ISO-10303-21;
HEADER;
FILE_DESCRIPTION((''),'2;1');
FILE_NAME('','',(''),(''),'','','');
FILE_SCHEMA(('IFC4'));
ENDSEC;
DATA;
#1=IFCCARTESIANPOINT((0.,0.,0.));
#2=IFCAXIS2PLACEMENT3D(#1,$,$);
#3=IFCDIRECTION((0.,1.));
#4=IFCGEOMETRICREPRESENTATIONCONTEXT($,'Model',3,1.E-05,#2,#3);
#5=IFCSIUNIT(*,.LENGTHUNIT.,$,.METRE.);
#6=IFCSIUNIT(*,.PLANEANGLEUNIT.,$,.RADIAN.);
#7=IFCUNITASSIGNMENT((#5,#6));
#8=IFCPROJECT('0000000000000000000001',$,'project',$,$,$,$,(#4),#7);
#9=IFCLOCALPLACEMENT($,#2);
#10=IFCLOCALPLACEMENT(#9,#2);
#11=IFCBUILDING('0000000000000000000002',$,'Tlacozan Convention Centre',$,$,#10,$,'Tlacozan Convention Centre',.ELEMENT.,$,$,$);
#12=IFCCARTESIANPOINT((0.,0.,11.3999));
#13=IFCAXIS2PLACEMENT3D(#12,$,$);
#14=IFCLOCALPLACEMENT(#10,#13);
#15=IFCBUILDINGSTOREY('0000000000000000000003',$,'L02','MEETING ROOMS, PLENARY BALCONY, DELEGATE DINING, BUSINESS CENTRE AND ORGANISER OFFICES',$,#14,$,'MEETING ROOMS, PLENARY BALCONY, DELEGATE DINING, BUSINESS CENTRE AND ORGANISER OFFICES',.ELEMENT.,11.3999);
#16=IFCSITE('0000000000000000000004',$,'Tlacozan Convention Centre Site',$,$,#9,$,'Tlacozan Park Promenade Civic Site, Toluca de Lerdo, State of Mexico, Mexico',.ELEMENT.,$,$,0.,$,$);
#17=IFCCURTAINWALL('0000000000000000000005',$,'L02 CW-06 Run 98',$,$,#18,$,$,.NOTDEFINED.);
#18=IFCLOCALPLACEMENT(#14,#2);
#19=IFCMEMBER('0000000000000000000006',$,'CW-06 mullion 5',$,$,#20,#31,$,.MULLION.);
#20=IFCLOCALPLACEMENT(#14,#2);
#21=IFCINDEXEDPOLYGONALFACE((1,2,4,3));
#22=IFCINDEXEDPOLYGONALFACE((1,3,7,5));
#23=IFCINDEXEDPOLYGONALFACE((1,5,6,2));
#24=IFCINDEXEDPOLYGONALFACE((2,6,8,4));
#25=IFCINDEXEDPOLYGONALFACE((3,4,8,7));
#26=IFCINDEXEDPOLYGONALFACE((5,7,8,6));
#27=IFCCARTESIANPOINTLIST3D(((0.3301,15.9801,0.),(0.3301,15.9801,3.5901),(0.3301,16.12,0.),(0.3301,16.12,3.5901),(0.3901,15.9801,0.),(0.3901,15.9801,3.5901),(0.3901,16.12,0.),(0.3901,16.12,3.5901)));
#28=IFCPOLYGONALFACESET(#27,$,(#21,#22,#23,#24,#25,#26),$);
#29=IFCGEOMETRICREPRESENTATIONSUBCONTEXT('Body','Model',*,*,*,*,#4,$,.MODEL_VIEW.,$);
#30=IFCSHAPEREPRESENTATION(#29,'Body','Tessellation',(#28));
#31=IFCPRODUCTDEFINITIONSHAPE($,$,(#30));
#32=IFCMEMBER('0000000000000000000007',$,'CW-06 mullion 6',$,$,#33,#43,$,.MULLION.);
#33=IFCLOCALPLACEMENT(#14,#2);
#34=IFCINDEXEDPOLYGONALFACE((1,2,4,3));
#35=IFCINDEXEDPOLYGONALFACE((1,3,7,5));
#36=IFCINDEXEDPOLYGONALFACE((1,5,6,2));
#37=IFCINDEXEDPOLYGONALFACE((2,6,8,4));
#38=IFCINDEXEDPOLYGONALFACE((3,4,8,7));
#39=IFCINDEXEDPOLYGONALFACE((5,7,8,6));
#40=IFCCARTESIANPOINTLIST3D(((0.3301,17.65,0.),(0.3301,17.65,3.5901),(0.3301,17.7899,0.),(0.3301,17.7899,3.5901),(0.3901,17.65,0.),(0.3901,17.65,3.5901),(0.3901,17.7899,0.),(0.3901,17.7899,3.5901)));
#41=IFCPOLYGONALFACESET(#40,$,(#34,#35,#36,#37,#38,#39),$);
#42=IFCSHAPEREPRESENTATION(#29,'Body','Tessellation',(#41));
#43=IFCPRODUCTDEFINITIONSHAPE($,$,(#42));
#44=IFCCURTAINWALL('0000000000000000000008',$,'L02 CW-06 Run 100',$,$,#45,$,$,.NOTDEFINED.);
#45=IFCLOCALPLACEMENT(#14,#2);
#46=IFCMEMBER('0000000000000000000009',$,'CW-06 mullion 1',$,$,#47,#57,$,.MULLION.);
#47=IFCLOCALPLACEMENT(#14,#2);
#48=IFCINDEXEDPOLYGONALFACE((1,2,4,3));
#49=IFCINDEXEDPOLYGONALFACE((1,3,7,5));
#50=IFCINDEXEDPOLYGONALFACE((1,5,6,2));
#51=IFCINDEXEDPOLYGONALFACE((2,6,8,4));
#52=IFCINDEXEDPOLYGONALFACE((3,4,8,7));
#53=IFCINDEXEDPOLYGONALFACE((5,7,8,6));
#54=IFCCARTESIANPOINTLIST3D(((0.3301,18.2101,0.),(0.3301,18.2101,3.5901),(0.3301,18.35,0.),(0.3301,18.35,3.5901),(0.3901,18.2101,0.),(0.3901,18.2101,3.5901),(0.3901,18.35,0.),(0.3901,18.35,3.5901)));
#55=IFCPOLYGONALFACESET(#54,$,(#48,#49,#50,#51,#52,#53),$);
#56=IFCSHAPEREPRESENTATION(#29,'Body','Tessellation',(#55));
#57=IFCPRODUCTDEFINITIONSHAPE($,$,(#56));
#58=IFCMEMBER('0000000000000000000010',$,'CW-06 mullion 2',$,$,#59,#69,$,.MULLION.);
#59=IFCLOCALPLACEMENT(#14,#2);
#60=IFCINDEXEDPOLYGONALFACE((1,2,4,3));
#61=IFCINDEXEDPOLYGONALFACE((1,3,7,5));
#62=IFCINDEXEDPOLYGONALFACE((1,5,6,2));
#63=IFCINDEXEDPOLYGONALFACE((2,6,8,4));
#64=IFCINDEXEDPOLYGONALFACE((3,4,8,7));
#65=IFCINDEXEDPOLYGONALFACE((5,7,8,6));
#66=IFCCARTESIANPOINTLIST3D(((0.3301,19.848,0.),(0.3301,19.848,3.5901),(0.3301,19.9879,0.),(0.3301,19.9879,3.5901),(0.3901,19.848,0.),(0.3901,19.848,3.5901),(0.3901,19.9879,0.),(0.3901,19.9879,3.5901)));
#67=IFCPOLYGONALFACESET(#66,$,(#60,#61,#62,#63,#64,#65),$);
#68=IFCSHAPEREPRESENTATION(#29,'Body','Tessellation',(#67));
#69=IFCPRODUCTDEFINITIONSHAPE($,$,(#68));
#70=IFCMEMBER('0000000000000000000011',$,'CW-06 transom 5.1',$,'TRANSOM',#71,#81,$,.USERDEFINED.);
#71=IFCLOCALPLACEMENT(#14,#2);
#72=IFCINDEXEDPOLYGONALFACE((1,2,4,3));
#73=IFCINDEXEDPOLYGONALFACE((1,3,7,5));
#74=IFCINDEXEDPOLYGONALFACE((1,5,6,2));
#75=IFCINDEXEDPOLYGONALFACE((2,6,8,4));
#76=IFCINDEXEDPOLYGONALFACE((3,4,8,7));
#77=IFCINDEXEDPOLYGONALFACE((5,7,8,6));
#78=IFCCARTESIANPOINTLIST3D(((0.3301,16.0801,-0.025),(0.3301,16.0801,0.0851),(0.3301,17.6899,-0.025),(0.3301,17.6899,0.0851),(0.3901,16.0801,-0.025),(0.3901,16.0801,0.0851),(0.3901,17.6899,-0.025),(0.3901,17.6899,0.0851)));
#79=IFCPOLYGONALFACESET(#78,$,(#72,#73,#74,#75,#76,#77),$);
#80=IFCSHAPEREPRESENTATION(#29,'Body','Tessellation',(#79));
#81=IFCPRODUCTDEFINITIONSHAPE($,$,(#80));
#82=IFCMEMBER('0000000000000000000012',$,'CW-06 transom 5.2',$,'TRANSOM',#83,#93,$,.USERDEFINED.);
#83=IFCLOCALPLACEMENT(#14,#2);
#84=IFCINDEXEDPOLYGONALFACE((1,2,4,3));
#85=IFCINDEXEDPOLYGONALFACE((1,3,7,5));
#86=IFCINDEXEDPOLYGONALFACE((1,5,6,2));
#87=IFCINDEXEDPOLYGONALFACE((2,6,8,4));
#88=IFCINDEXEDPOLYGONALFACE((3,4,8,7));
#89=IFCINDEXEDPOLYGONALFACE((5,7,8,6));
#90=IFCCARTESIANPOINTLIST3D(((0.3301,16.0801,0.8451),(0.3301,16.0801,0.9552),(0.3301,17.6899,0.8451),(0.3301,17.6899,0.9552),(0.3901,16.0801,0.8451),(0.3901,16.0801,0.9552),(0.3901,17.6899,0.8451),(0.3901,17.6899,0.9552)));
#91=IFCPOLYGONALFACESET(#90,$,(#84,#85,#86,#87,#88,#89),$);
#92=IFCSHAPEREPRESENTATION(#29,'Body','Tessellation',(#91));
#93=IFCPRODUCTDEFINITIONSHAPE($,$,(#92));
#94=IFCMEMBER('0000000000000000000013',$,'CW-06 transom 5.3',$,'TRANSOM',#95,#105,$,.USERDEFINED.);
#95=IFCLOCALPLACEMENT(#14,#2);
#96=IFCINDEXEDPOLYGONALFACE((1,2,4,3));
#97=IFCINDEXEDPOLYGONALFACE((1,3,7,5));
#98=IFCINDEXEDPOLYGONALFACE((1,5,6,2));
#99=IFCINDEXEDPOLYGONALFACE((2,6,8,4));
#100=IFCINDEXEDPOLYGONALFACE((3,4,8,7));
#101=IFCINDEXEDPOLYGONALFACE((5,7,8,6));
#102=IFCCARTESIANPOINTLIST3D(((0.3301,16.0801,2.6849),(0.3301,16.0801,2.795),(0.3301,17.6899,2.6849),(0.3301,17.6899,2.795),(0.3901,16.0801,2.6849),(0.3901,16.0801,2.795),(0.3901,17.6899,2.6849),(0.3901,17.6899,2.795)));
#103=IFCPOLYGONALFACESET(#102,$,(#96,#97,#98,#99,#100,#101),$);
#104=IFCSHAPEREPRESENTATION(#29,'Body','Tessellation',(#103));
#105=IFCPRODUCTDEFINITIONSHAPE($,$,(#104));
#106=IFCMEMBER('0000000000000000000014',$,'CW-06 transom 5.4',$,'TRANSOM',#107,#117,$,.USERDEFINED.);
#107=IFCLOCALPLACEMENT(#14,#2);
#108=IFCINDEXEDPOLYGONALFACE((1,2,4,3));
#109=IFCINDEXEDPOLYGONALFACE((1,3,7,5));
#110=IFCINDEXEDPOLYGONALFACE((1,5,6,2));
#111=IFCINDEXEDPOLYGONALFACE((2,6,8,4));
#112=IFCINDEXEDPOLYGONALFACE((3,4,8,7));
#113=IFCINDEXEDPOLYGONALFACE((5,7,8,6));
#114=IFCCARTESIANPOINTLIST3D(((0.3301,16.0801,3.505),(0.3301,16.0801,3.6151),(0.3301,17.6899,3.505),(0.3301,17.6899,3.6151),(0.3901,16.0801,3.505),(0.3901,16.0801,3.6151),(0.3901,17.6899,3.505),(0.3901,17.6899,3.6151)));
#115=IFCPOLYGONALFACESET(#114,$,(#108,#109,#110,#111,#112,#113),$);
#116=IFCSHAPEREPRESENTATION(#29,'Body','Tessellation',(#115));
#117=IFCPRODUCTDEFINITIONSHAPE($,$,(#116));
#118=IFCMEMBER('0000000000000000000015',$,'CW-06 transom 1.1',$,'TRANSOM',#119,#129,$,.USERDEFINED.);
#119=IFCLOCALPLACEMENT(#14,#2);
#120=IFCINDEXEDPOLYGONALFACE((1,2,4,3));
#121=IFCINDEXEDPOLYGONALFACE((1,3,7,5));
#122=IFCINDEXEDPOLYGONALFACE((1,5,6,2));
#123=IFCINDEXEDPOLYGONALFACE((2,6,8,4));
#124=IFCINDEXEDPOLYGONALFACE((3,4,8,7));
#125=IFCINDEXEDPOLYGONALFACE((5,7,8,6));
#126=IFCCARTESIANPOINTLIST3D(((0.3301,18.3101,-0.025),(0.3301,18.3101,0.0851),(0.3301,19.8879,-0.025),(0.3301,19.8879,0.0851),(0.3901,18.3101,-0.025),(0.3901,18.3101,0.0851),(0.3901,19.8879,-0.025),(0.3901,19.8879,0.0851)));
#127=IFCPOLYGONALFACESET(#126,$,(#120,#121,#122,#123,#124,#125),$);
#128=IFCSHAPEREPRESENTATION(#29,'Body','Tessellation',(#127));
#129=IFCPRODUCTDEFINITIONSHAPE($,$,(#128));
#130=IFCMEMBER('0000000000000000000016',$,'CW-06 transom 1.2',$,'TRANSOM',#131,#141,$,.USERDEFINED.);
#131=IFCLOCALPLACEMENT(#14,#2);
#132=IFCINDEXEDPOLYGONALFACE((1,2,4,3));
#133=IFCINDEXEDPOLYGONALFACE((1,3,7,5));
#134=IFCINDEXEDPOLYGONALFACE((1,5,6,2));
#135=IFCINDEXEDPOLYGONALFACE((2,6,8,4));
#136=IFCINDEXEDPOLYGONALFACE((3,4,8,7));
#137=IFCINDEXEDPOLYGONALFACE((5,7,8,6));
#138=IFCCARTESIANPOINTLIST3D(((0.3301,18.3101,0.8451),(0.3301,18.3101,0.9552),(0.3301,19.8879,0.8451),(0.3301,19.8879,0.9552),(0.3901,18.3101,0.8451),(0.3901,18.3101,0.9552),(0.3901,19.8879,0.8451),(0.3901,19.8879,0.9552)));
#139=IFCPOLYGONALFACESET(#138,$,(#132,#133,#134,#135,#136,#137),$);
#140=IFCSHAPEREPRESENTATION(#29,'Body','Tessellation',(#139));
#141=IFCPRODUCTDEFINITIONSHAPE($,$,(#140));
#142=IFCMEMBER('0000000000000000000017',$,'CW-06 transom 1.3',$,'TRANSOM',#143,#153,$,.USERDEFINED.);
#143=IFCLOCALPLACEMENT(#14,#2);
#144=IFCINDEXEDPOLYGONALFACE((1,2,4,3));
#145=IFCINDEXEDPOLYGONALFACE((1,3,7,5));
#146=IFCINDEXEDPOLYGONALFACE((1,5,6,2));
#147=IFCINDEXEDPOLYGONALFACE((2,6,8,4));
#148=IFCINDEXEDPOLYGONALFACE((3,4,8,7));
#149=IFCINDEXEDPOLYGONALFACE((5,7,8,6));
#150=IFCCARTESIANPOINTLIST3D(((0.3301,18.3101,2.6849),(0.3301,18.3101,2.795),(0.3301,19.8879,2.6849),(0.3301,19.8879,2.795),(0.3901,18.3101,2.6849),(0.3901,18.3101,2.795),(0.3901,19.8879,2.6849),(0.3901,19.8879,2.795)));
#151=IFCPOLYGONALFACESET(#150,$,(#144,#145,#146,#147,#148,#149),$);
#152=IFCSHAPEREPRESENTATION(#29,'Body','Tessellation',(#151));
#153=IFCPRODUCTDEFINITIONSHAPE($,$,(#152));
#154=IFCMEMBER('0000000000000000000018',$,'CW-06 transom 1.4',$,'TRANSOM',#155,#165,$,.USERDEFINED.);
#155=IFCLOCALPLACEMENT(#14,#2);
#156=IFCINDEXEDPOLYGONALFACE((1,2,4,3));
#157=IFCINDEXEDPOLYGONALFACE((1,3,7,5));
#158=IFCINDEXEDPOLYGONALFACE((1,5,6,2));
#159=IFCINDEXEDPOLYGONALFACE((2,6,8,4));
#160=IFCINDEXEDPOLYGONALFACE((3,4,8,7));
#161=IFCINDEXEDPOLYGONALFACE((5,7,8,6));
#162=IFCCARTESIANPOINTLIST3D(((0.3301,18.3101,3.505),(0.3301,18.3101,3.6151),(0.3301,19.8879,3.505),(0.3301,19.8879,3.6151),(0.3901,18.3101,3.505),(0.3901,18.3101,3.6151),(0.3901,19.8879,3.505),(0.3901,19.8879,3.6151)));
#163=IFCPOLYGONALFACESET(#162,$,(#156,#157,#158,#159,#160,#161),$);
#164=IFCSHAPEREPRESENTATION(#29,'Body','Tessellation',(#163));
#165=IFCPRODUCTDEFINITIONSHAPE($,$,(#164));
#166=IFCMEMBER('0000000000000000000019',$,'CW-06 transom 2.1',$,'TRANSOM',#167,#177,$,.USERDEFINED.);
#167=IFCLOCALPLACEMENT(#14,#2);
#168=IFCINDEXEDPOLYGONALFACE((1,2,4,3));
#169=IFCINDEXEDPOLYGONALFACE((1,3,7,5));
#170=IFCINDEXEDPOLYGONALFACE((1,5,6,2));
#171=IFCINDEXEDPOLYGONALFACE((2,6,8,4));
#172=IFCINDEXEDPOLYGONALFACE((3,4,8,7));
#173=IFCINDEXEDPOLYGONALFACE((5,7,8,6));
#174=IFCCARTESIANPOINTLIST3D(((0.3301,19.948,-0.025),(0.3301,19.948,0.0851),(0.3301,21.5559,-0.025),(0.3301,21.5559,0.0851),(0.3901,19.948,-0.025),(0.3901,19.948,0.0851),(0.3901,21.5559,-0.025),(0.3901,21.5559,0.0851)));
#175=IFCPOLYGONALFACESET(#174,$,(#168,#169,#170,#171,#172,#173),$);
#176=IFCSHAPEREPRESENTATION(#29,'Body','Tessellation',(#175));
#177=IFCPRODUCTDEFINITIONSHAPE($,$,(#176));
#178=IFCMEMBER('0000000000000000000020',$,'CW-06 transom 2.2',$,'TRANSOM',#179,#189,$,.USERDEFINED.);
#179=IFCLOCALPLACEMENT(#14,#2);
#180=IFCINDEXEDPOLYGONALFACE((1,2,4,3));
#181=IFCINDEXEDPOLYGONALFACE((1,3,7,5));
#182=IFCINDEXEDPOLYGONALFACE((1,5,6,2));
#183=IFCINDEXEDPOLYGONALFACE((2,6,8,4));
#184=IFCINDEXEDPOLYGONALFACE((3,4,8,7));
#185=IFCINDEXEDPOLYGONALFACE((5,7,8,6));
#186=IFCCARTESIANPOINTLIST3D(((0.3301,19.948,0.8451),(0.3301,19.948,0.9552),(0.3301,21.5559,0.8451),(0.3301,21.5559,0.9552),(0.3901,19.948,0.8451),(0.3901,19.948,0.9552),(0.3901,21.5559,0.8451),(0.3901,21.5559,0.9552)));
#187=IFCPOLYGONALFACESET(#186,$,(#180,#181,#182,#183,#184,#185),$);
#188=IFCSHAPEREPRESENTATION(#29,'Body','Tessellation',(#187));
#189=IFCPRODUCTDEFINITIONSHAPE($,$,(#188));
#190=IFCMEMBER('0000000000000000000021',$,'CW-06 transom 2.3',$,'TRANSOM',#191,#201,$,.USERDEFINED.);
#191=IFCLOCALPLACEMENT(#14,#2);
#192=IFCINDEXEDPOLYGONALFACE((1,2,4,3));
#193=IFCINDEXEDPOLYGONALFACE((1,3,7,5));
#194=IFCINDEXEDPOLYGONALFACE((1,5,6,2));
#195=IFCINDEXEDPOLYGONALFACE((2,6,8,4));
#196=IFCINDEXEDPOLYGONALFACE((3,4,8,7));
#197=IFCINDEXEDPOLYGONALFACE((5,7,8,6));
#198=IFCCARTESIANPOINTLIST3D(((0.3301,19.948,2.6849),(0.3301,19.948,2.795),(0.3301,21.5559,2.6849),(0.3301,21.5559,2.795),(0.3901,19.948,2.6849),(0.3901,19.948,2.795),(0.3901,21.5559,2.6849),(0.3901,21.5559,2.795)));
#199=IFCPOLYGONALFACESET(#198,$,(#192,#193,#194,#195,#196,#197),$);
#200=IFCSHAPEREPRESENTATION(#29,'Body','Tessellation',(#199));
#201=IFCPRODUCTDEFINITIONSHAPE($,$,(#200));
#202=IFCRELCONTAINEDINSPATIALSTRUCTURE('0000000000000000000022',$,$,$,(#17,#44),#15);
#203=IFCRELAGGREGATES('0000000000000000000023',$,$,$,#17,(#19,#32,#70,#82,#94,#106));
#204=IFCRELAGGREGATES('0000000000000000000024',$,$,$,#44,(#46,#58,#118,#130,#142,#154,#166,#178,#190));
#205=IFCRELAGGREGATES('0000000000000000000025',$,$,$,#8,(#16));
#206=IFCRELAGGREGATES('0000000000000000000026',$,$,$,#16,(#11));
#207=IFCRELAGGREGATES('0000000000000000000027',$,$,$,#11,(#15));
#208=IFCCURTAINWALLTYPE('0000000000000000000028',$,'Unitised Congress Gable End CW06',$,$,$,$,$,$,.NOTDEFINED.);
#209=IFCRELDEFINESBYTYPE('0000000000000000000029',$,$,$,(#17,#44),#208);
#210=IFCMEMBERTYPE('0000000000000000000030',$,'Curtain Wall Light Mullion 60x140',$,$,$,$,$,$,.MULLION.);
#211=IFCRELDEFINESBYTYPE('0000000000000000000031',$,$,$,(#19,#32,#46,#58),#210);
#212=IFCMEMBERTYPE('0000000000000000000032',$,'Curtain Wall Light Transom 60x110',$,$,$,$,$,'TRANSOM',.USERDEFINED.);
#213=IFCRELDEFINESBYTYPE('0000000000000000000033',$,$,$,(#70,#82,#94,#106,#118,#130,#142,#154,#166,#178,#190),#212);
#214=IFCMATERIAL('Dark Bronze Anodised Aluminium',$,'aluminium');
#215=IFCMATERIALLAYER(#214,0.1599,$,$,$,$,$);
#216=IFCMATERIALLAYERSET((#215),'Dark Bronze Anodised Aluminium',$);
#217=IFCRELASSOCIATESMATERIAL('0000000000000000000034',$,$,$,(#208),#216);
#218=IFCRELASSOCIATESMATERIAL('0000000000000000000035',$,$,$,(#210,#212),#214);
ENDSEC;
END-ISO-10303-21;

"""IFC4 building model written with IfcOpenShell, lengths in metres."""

from ifc_helpers import new_model, si_unit, direction, frame, origin, origin_2d, place, context, subcontext, project, spatial, rectangle, extrude, material, layer, layer_set, material_profile, profile_set, type_object, element, aggregate, save


model = new_model("IFC4")

# Units and contexts
model_context = context("Model", 3, precision=1e-05, world=origin(), true_north=direction((0.0, 1.0)))
body_context = subcontext(model_context, "Body", "Model", "MODEL_VIEW")
ifc_project = project(units=[si_unit("LENGTHUNIT", "METRE"), si_unit("PLANEANGLEUNIT", "RADIAN")], contexts=[model_context])

# Site, building, storey
site_placement = place(None, origin())
site = spatial("IfcSite", under=ifc_project, at=site_placement, Name="Tlacozan Convention Centre Site", LongName="Tlacozan Park Promenade Civic Site, Toluca de Lerdo, State of Mexico, Mexico", CompositionType="ELEMENT", RefElevation=0.0)
building_placement = place(site_placement, origin())
building = spatial("IfcBuilding", under=site, at=building_placement, Name="Tlacozan Convention Centre", LongName="Tlacozan Convention Centre", CompositionType="ELEMENT")
storey_placement = place(building_placement, frame((0.0, 0.0, 11.3999)))
storey = spatial("IfcBuildingStorey", under=building, at=storey_placement, Name="L02", Description="MEETING ROOMS, PLENARY BALCONY, DELEGATE DINING, BUSINESS CENTRE AND ORGANISER OFFICES", LongName="MEETING ROOMS, PLENARY BALCONY, DELEGATE DINING, BUSINESS CENTRE AND ORGANISER OFFICES", CompositionType="ELEMENT", Elevation=11.3999)

# Curtain walls, members
ifc_material_1 = material(Name="Dark Bronze Anodised Aluminium", Category="aluminium")
ifc_layer_1 = layer(ifc_material_1, 0.1599)
ifc_layer_set_1 = layer_set([ifc_layer_1], Name="Dark Bronze Anodised Aluminium")
curtain_wall_type = type_object("IfcCurtainWallType", Name="Unitised Congress Gable End CW06", PredefinedType="NOTDEFINED", material=ifc_layer_set_1)
curtain_wall_1_placement = place(storey_placement, origin())
curtain_wall_1 = element("IfcCurtainWall", 1, at=curtain_wall_1_placement, inside=storey, type_object=curtain_wall_type, Name="L02 CW-06 Run 98", PredefinedType="NOTDEFINED")
ifc_material_profile_1 = material_profile(ifc_material_1, rectangle(XDim=0.0601, YDim=0.1399, at=origin_2d()), Name="ALU 60x140")
ifc_profile_set_1 = profile_set([ifc_material_profile_1], Name="Dark Bronze Anodised Aluminium")
member_type_1 = type_object("IfcMemberType", Name="Curtain Wall Light Mullion 60x140", PredefinedType="MULLION", material=ifc_profile_set_1)
member_1_placement = place(storey_placement, frame((0.3601, 16.05, 0.0), z_axis=(0.0, 0.0, 1.0), x_axis=(-1.0, 0.0, 0.0)))
member_1 = element("IfcMember", 2, at=member_1_placement, type_object=member_type_1, Name="CW-06 mullion 5", PredefinedType="MULLION", context=body_context, shape_type="SweptSolid", body=[
    extrude(rectangle(XDim=0.0601, YDim=0.1399, at=origin_2d()), origin(), (0.0, 0.0, 1.0), 3.5901),
])
member_2_placement = place(storey_placement, frame((0.3601, 17.72, 0.0), z_axis=(0.0, 0.0, 1.0), x_axis=(-1.0, 0.0, 0.0)))
member_2 = element("IfcMember", 3, at=member_2_placement, type_object=member_type_1, Name="CW-06 mullion 6", PredefinedType="MULLION", context=body_context, shape_type="SweptSolid", body=[
    extrude(rectangle(XDim=0.0601, YDim=0.1399, at=origin_2d()), origin(), (0.0, 0.0, 1.0), 3.5901),
])
curtain_wall_2_placement = place(storey_placement, origin())
curtain_wall_2 = element("IfcCurtainWall", 4, at=curtain_wall_2_placement, inside=storey, type_object=curtain_wall_type, Name="L02 CW-06 Run 100", PredefinedType="NOTDEFINED")
member_3_placement = place(storey_placement, frame((0.3601, 18.28, 0.0), z_axis=(0.0, 0.0, 1.0), x_axis=(-1.0, 0.0, 0.0)))
member_3 = element("IfcMember", 5, at=member_3_placement, type_object=member_type_1, Name="CW-06 mullion 1", PredefinedType="MULLION", context=body_context, shape_type="SweptSolid", body=[
    extrude(rectangle(XDim=0.0601, YDim=0.1399, at=origin_2d()), origin(), (0.0, 0.0, 1.0), 3.5901),
])
member_4_placement = place(storey_placement, frame((0.3601, 19.918, 0.0), z_axis=(0.0, 0.0, 1.0), x_axis=(-1.0, 0.0, 0.0)))
member_4 = element("IfcMember", 6, at=member_4_placement, type_object=member_type_1, Name="CW-06 mullion 2", PredefinedType="MULLION", context=body_context, shape_type="SweptSolid", body=[
    extrude(rectangle(XDim=0.0601, YDim=0.1399, at=origin_2d()), origin(), (0.0, 0.0, 1.0), 3.5901),
])

# Members
ifc_material_profile_2 = material_profile(ifc_material_1, rectangle(XDim=0.0601, YDim=0.1101, at=origin_2d()), Name="ALU 60x110")
ifc_profile_set_2 = profile_set([ifc_material_profile_2], Name="Dark Bronze Anodised Aluminium")
member_type_2 = type_object("IfcMemberType", Name="Curtain Wall Light Transom 60x110", ElementType="TRANSOM", PredefinedType="USERDEFINED", material=ifc_profile_set_2)
member_5_placement = place(storey_placement, frame((0.3601, 16.0801, 0.03), z_axis=(0.0, 1.0, 0.0), x_axis=(-1.0, 0.0, 0.0)))
member_5 = element("IfcMember", 7, at=member_5_placement, type_object=member_type_2, Name="CW-06 transom 5.1", ObjectType="TRANSOM", PredefinedType="USERDEFINED", context=body_context, shape_type="SweptSolid", body=[
    extrude(rectangle(XDim=0.0601, YDim=0.1101, at=origin_2d()), origin(), (0.0, 0.0, 1.0), 1.6099),
])
member_6_placement = place(storey_placement, frame((0.3601, 16.0801, 0.9001), z_axis=(0.0, 1.0, 0.0), x_axis=(-1.0, 0.0, 0.0)))
member_6 = element("IfcMember", 8, at=member_6_placement, type_object=member_type_2, Name="CW-06 transom 5.2", ObjectType="TRANSOM", PredefinedType="USERDEFINED", context=body_context, shape_type="SweptSolid", body=[
    extrude(rectangle(XDim=0.0601, YDim=0.1101, at=origin_2d()), origin(), (0.0, 0.0, 1.0), 1.6099),
])
member_7_placement = place(storey_placement, frame((0.3601, 16.0801, 2.74), z_axis=(0.0, 1.0, 0.0), x_axis=(-1.0, 0.0, 0.0)))
member_7 = element("IfcMember", 9, at=member_7_placement, type_object=member_type_2, Name="CW-06 transom 5.3", ObjectType="TRANSOM", PredefinedType="USERDEFINED", context=body_context, shape_type="SweptSolid", body=[
    extrude(rectangle(XDim=0.0601, YDim=0.1101, at=origin_2d()), origin(), (0.0, 0.0, 1.0), 1.6099),
])
member_8_placement = place(storey_placement, frame((0.3601, 16.0801, 3.5601), z_axis=(0.0, 1.0, 0.0), x_axis=(-1.0, 0.0, 0.0)))
member_8 = element("IfcMember", 10, at=member_8_placement, type_object=member_type_2, Name="CW-06 transom 5.4", ObjectType="TRANSOM", PredefinedType="USERDEFINED", context=body_context, shape_type="SweptSolid", body=[
    extrude(rectangle(XDim=0.0601, YDim=0.1101, at=origin_2d()), origin(), (0.0, 0.0, 1.0), 1.6099),
])
member_9_placement = place(storey_placement, frame((0.3601, 18.3101, 0.03), z_axis=(0.0, 1.0, 0.0), x_axis=(-1.0, 0.0, 0.0)))
member_9 = element("IfcMember", 11, at=member_9_placement, type_object=member_type_2, Name="CW-06 transom 1.1", ObjectType="TRANSOM", PredefinedType="USERDEFINED", context=body_context, shape_type="SweptSolid", body=[
    extrude(rectangle(XDim=0.0601, YDim=0.1101, at=origin_2d()), origin(), (0.0, 0.0, 1.0), 1.5779),
])
member_10_placement = place(storey_placement, frame((0.3601, 18.3101, 0.9001), z_axis=(0.0, 1.0, 0.0), x_axis=(-1.0, 0.0, 0.0)))
member_10 = element("IfcMember", 12, at=member_10_placement, type_object=member_type_2, Name="CW-06 transom 1.2", ObjectType="TRANSOM", PredefinedType="USERDEFINED", context=body_context, shape_type="SweptSolid", body=[
    extrude(rectangle(XDim=0.0601, YDim=0.1101, at=origin_2d()), origin(), (0.0, 0.0, 1.0), 1.5779),
])
member_11_placement = place(storey_placement, frame((0.3601, 18.3101, 2.74), z_axis=(0.0, 1.0, 0.0), x_axis=(-1.0, 0.0, 0.0)))
member_11 = element("IfcMember", 13, at=member_11_placement, type_object=member_type_2, Name="CW-06 transom 1.3", ObjectType="TRANSOM", PredefinedType="USERDEFINED", context=body_context, shape_type="SweptSolid", body=[
    extrude(rectangle(XDim=0.0601, YDim=0.1101, at=origin_2d()), origin(), (0.0, 0.0, 1.0), 1.5779),
])
member_12_placement = place(storey_placement, frame((0.3601, 18.3101, 3.5601), z_axis=(0.0, 1.0, 0.0), x_axis=(-1.0, 0.0, 0.0)))
member_12 = element("IfcMember", 14, at=member_12_placement, type_object=member_type_2, Name="CW-06 transom 1.4", ObjectType="TRANSOM", PredefinedType="USERDEFINED", context=body_context, shape_type="SweptSolid", body=[
    extrude(rectangle(XDim=0.0601, YDim=0.1101, at=origin_2d()), origin(), (0.0, 0.0, 1.0), 1.5779),
])
member_13_placement = place(storey_placement, frame((0.3601, 19.948, 0.03), z_axis=(0.0, 1.0, 0.0), x_axis=(-1.0, 0.0, 0.0)))
member_13 = element("IfcMember", 15, at=member_13_placement, type_object=member_type_2, Name="CW-06 transom 2.1", ObjectType="TRANSOM", PredefinedType="USERDEFINED", context=body_context, shape_type="SweptSolid", body=[
    extrude(rectangle(XDim=0.0601, YDim=0.1101, at=origin_2d()), origin(), (0.0, 0.0, 1.0), 1.6079),
])
member_14_placement = place(storey_placement, frame((0.3601, 19.948, 0.9001), z_axis=(0.0, 1.0, 0.0), x_axis=(-1.0, 0.0, 0.0)))
member_14 = element("IfcMember", 16, at=member_14_placement, type_object=member_type_2, Name="CW-06 transom 2.2", ObjectType="TRANSOM", PredefinedType="USERDEFINED", context=body_context, shape_type="SweptSolid", body=[
    extrude(rectangle(XDim=0.0601, YDim=0.1101, at=origin_2d()), origin(), (0.0, 0.0, 1.0), 1.6079),
])
member_15_placement = place(storey_placement, frame((0.3601, 19.948, 2.74), z_axis=(0.0, 1.0, 0.0), x_axis=(-1.0, 0.0, 0.0)))
member_15 = element("IfcMember", 17, at=member_15_placement, type_object=member_type_2, Name="CW-06 transom 2.3", ObjectType="TRANSOM", PredefinedType="USERDEFINED", context=body_context, shape_type="SweptSolid", body=[
    extrude(rectangle(XDim=0.0601, YDim=0.1101, at=origin_2d()), origin(), (0.0, 0.0, 1.0), 1.6079),
])

aggregate(curtain_wall_1, [member_1, member_2, member_5, member_6, member_7, member_8])
aggregate(curtain_wall_2, [member_3, member_4, member_9, member_10, member_11, member_12, member_13, member_14, member_15])

save(model, "model.ifc")
